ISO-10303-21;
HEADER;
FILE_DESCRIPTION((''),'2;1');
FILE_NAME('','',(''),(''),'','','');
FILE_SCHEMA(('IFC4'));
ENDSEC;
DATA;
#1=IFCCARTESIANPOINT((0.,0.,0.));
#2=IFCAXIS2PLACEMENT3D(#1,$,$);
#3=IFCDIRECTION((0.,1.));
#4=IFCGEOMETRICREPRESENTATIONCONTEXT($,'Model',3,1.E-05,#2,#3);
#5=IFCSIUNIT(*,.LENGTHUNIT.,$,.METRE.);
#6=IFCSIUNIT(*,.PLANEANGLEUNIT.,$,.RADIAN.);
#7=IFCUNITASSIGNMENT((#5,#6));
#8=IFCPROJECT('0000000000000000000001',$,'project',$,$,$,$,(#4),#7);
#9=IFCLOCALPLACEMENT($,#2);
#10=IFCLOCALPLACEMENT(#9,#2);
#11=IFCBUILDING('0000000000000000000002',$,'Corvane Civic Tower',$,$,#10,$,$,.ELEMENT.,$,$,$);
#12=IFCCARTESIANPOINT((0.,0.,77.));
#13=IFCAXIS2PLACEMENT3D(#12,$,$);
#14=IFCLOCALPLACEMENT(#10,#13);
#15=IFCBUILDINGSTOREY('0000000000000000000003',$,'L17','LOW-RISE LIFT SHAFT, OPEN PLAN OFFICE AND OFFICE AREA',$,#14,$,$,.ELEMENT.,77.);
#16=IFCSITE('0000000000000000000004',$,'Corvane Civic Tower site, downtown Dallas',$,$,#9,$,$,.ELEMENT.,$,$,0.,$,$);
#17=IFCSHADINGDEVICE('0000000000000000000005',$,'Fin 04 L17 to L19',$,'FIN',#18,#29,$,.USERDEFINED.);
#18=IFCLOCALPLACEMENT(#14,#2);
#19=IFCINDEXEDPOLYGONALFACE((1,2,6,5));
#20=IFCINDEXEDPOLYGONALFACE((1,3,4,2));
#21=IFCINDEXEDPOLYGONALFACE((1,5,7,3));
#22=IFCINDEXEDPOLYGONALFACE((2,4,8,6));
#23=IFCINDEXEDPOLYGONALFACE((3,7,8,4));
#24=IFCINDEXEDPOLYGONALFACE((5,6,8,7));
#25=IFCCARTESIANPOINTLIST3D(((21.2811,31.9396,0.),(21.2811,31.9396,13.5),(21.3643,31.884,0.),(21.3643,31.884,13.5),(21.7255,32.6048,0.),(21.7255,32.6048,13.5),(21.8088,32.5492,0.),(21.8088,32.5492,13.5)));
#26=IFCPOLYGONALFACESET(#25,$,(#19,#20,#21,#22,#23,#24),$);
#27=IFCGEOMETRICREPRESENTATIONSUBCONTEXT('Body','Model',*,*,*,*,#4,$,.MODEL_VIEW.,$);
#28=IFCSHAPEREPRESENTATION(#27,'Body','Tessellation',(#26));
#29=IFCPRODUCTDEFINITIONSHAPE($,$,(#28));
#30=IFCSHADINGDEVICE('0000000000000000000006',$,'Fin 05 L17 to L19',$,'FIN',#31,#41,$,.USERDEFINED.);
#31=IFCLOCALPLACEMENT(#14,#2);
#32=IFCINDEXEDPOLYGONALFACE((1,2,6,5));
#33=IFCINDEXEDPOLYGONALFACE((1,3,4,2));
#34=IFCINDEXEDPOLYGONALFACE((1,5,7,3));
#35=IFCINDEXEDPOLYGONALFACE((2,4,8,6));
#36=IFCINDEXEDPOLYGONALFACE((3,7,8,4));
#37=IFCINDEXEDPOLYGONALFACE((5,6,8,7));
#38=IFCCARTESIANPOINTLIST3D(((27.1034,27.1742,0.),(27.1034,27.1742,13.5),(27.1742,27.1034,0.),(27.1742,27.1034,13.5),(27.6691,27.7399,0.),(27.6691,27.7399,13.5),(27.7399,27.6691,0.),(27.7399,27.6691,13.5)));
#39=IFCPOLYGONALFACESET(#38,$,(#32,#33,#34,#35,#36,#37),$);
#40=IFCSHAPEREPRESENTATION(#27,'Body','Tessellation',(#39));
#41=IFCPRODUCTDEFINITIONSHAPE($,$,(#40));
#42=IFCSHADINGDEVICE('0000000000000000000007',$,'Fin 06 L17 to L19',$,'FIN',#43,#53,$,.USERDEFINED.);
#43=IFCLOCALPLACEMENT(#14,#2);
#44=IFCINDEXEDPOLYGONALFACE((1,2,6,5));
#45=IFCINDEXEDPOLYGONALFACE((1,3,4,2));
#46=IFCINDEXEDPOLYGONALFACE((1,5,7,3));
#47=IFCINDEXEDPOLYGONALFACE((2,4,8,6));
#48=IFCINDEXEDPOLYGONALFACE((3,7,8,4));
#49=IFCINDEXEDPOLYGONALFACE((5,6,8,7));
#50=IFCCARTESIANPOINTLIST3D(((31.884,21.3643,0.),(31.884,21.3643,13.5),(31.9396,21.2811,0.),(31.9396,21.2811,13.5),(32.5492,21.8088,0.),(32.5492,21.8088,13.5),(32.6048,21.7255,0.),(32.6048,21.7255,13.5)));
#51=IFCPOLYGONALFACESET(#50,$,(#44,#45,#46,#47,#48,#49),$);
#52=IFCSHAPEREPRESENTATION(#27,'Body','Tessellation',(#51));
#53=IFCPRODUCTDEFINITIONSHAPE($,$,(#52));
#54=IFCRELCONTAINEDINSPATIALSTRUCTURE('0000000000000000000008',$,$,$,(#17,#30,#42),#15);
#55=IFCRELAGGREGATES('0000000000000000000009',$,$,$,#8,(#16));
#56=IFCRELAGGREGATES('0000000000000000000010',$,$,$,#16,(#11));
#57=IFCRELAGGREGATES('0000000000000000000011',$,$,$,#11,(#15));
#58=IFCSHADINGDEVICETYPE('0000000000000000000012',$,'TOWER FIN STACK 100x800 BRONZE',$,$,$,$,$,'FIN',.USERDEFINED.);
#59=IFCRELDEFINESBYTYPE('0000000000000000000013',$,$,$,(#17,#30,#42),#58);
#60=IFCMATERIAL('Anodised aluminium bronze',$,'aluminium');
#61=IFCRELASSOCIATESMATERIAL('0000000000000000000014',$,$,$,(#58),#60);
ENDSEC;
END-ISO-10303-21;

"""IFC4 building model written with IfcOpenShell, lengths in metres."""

from ifc_helpers import new_model, si_unit, direction, frame, origin, origin_2d, place, context, subcontext, project, spatial, rectangle, extrude, material, material_profile, profile_set, type_object, element, save


model = new_model("IFC4")

# Units and contexts
model_context = context("Model", 3, precision=1e-05, world=origin(), true_north=direction((0.0, 1.0)))
body_context = subcontext(model_context, "Body", "Model", "MODEL_VIEW")
ifc_project = project(units=[si_unit("LENGTHUNIT", "METRE"), si_unit("PLANEANGLEUNIT", "RADIAN")], contexts=[model_context])

# Site, building, storey
site_placement = place(None, origin())
site = spatial("IfcSite", under=ifc_project, at=site_placement, Name="Corvane Civic Tower site, downtown Dallas", CompositionType="ELEMENT", RefElevation=0.0)
building_placement = place(site_placement, origin())
building = spatial("IfcBuilding", under=site, at=building_placement, Name="Corvane Civic Tower", CompositionType="ELEMENT")
storey_placement = place(building_placement, frame((0.0, 0.0, 77.0)))
storey = spatial("IfcBuildingStorey", under=building, at=storey_placement, Name="L17", Description="LOW-RISE LIFT SHAFT, OPEN PLAN OFFICE AND OFFICE AREA", CompositionType="ELEMENT", Elevation=77.0)

# Shading devices
ifc_material_1 = material(Name="Anodised aluminium bronze", Category="aluminium")
ifc_material_profile_1 = material_profile(ifc_material_1, rectangle(XDim=0.1001, YDim=0.8, at=origin_2d()), Name="TOWER FIN STACK 100x800 BRONZE")
ifc_profile_set_1 = profile_set([ifc_material_profile_1], Name="Anodised aluminium bronze")
shading_device_type = type_object("IfcShadingDeviceType", Name="TOWER FIN STACK 100x800 BRONZE", ElementType="FIN", PredefinedType="USERDEFINED", material=ifc_profile_set_1)
for number, where, z_axis, x_axis, name in (
    (1, (21.5449, 32.2444, 0.0), (0.0, 0.0, 1.0), (0.83147, -0.55557, 0.0), "Fin 04 L17 to L19"),
    (2, (27.4216, 27.4216, 0.0), (0.0, 0.0, 1.0), (0.707107, -0.707107, 0.0), "Fin 05 L17 to L19"),
    (3, (32.2444, 21.5449, 0.0), (0.0, 0.0, 1.0), (0.55557, -0.83147, 0.0), "Fin 06 L17 to L19"),
):
    element("IfcShadingDevice", number, at=place(storey_placement, frame(where, z_axis=z_axis, x_axis=x_axis)), inside=storey, type_object=shading_device_type, Name=name, ObjectType="FIN", PredefinedType="USERDEFINED", context=body_context, shape_type="SweptSolid", body=[
        extrude(rectangle(XDim=0.1001, YDim=0.8, at=origin_2d()), origin(), (0.0, 0.0, 1.0), 13.5),
    ])

save(model, "model.ifc")
